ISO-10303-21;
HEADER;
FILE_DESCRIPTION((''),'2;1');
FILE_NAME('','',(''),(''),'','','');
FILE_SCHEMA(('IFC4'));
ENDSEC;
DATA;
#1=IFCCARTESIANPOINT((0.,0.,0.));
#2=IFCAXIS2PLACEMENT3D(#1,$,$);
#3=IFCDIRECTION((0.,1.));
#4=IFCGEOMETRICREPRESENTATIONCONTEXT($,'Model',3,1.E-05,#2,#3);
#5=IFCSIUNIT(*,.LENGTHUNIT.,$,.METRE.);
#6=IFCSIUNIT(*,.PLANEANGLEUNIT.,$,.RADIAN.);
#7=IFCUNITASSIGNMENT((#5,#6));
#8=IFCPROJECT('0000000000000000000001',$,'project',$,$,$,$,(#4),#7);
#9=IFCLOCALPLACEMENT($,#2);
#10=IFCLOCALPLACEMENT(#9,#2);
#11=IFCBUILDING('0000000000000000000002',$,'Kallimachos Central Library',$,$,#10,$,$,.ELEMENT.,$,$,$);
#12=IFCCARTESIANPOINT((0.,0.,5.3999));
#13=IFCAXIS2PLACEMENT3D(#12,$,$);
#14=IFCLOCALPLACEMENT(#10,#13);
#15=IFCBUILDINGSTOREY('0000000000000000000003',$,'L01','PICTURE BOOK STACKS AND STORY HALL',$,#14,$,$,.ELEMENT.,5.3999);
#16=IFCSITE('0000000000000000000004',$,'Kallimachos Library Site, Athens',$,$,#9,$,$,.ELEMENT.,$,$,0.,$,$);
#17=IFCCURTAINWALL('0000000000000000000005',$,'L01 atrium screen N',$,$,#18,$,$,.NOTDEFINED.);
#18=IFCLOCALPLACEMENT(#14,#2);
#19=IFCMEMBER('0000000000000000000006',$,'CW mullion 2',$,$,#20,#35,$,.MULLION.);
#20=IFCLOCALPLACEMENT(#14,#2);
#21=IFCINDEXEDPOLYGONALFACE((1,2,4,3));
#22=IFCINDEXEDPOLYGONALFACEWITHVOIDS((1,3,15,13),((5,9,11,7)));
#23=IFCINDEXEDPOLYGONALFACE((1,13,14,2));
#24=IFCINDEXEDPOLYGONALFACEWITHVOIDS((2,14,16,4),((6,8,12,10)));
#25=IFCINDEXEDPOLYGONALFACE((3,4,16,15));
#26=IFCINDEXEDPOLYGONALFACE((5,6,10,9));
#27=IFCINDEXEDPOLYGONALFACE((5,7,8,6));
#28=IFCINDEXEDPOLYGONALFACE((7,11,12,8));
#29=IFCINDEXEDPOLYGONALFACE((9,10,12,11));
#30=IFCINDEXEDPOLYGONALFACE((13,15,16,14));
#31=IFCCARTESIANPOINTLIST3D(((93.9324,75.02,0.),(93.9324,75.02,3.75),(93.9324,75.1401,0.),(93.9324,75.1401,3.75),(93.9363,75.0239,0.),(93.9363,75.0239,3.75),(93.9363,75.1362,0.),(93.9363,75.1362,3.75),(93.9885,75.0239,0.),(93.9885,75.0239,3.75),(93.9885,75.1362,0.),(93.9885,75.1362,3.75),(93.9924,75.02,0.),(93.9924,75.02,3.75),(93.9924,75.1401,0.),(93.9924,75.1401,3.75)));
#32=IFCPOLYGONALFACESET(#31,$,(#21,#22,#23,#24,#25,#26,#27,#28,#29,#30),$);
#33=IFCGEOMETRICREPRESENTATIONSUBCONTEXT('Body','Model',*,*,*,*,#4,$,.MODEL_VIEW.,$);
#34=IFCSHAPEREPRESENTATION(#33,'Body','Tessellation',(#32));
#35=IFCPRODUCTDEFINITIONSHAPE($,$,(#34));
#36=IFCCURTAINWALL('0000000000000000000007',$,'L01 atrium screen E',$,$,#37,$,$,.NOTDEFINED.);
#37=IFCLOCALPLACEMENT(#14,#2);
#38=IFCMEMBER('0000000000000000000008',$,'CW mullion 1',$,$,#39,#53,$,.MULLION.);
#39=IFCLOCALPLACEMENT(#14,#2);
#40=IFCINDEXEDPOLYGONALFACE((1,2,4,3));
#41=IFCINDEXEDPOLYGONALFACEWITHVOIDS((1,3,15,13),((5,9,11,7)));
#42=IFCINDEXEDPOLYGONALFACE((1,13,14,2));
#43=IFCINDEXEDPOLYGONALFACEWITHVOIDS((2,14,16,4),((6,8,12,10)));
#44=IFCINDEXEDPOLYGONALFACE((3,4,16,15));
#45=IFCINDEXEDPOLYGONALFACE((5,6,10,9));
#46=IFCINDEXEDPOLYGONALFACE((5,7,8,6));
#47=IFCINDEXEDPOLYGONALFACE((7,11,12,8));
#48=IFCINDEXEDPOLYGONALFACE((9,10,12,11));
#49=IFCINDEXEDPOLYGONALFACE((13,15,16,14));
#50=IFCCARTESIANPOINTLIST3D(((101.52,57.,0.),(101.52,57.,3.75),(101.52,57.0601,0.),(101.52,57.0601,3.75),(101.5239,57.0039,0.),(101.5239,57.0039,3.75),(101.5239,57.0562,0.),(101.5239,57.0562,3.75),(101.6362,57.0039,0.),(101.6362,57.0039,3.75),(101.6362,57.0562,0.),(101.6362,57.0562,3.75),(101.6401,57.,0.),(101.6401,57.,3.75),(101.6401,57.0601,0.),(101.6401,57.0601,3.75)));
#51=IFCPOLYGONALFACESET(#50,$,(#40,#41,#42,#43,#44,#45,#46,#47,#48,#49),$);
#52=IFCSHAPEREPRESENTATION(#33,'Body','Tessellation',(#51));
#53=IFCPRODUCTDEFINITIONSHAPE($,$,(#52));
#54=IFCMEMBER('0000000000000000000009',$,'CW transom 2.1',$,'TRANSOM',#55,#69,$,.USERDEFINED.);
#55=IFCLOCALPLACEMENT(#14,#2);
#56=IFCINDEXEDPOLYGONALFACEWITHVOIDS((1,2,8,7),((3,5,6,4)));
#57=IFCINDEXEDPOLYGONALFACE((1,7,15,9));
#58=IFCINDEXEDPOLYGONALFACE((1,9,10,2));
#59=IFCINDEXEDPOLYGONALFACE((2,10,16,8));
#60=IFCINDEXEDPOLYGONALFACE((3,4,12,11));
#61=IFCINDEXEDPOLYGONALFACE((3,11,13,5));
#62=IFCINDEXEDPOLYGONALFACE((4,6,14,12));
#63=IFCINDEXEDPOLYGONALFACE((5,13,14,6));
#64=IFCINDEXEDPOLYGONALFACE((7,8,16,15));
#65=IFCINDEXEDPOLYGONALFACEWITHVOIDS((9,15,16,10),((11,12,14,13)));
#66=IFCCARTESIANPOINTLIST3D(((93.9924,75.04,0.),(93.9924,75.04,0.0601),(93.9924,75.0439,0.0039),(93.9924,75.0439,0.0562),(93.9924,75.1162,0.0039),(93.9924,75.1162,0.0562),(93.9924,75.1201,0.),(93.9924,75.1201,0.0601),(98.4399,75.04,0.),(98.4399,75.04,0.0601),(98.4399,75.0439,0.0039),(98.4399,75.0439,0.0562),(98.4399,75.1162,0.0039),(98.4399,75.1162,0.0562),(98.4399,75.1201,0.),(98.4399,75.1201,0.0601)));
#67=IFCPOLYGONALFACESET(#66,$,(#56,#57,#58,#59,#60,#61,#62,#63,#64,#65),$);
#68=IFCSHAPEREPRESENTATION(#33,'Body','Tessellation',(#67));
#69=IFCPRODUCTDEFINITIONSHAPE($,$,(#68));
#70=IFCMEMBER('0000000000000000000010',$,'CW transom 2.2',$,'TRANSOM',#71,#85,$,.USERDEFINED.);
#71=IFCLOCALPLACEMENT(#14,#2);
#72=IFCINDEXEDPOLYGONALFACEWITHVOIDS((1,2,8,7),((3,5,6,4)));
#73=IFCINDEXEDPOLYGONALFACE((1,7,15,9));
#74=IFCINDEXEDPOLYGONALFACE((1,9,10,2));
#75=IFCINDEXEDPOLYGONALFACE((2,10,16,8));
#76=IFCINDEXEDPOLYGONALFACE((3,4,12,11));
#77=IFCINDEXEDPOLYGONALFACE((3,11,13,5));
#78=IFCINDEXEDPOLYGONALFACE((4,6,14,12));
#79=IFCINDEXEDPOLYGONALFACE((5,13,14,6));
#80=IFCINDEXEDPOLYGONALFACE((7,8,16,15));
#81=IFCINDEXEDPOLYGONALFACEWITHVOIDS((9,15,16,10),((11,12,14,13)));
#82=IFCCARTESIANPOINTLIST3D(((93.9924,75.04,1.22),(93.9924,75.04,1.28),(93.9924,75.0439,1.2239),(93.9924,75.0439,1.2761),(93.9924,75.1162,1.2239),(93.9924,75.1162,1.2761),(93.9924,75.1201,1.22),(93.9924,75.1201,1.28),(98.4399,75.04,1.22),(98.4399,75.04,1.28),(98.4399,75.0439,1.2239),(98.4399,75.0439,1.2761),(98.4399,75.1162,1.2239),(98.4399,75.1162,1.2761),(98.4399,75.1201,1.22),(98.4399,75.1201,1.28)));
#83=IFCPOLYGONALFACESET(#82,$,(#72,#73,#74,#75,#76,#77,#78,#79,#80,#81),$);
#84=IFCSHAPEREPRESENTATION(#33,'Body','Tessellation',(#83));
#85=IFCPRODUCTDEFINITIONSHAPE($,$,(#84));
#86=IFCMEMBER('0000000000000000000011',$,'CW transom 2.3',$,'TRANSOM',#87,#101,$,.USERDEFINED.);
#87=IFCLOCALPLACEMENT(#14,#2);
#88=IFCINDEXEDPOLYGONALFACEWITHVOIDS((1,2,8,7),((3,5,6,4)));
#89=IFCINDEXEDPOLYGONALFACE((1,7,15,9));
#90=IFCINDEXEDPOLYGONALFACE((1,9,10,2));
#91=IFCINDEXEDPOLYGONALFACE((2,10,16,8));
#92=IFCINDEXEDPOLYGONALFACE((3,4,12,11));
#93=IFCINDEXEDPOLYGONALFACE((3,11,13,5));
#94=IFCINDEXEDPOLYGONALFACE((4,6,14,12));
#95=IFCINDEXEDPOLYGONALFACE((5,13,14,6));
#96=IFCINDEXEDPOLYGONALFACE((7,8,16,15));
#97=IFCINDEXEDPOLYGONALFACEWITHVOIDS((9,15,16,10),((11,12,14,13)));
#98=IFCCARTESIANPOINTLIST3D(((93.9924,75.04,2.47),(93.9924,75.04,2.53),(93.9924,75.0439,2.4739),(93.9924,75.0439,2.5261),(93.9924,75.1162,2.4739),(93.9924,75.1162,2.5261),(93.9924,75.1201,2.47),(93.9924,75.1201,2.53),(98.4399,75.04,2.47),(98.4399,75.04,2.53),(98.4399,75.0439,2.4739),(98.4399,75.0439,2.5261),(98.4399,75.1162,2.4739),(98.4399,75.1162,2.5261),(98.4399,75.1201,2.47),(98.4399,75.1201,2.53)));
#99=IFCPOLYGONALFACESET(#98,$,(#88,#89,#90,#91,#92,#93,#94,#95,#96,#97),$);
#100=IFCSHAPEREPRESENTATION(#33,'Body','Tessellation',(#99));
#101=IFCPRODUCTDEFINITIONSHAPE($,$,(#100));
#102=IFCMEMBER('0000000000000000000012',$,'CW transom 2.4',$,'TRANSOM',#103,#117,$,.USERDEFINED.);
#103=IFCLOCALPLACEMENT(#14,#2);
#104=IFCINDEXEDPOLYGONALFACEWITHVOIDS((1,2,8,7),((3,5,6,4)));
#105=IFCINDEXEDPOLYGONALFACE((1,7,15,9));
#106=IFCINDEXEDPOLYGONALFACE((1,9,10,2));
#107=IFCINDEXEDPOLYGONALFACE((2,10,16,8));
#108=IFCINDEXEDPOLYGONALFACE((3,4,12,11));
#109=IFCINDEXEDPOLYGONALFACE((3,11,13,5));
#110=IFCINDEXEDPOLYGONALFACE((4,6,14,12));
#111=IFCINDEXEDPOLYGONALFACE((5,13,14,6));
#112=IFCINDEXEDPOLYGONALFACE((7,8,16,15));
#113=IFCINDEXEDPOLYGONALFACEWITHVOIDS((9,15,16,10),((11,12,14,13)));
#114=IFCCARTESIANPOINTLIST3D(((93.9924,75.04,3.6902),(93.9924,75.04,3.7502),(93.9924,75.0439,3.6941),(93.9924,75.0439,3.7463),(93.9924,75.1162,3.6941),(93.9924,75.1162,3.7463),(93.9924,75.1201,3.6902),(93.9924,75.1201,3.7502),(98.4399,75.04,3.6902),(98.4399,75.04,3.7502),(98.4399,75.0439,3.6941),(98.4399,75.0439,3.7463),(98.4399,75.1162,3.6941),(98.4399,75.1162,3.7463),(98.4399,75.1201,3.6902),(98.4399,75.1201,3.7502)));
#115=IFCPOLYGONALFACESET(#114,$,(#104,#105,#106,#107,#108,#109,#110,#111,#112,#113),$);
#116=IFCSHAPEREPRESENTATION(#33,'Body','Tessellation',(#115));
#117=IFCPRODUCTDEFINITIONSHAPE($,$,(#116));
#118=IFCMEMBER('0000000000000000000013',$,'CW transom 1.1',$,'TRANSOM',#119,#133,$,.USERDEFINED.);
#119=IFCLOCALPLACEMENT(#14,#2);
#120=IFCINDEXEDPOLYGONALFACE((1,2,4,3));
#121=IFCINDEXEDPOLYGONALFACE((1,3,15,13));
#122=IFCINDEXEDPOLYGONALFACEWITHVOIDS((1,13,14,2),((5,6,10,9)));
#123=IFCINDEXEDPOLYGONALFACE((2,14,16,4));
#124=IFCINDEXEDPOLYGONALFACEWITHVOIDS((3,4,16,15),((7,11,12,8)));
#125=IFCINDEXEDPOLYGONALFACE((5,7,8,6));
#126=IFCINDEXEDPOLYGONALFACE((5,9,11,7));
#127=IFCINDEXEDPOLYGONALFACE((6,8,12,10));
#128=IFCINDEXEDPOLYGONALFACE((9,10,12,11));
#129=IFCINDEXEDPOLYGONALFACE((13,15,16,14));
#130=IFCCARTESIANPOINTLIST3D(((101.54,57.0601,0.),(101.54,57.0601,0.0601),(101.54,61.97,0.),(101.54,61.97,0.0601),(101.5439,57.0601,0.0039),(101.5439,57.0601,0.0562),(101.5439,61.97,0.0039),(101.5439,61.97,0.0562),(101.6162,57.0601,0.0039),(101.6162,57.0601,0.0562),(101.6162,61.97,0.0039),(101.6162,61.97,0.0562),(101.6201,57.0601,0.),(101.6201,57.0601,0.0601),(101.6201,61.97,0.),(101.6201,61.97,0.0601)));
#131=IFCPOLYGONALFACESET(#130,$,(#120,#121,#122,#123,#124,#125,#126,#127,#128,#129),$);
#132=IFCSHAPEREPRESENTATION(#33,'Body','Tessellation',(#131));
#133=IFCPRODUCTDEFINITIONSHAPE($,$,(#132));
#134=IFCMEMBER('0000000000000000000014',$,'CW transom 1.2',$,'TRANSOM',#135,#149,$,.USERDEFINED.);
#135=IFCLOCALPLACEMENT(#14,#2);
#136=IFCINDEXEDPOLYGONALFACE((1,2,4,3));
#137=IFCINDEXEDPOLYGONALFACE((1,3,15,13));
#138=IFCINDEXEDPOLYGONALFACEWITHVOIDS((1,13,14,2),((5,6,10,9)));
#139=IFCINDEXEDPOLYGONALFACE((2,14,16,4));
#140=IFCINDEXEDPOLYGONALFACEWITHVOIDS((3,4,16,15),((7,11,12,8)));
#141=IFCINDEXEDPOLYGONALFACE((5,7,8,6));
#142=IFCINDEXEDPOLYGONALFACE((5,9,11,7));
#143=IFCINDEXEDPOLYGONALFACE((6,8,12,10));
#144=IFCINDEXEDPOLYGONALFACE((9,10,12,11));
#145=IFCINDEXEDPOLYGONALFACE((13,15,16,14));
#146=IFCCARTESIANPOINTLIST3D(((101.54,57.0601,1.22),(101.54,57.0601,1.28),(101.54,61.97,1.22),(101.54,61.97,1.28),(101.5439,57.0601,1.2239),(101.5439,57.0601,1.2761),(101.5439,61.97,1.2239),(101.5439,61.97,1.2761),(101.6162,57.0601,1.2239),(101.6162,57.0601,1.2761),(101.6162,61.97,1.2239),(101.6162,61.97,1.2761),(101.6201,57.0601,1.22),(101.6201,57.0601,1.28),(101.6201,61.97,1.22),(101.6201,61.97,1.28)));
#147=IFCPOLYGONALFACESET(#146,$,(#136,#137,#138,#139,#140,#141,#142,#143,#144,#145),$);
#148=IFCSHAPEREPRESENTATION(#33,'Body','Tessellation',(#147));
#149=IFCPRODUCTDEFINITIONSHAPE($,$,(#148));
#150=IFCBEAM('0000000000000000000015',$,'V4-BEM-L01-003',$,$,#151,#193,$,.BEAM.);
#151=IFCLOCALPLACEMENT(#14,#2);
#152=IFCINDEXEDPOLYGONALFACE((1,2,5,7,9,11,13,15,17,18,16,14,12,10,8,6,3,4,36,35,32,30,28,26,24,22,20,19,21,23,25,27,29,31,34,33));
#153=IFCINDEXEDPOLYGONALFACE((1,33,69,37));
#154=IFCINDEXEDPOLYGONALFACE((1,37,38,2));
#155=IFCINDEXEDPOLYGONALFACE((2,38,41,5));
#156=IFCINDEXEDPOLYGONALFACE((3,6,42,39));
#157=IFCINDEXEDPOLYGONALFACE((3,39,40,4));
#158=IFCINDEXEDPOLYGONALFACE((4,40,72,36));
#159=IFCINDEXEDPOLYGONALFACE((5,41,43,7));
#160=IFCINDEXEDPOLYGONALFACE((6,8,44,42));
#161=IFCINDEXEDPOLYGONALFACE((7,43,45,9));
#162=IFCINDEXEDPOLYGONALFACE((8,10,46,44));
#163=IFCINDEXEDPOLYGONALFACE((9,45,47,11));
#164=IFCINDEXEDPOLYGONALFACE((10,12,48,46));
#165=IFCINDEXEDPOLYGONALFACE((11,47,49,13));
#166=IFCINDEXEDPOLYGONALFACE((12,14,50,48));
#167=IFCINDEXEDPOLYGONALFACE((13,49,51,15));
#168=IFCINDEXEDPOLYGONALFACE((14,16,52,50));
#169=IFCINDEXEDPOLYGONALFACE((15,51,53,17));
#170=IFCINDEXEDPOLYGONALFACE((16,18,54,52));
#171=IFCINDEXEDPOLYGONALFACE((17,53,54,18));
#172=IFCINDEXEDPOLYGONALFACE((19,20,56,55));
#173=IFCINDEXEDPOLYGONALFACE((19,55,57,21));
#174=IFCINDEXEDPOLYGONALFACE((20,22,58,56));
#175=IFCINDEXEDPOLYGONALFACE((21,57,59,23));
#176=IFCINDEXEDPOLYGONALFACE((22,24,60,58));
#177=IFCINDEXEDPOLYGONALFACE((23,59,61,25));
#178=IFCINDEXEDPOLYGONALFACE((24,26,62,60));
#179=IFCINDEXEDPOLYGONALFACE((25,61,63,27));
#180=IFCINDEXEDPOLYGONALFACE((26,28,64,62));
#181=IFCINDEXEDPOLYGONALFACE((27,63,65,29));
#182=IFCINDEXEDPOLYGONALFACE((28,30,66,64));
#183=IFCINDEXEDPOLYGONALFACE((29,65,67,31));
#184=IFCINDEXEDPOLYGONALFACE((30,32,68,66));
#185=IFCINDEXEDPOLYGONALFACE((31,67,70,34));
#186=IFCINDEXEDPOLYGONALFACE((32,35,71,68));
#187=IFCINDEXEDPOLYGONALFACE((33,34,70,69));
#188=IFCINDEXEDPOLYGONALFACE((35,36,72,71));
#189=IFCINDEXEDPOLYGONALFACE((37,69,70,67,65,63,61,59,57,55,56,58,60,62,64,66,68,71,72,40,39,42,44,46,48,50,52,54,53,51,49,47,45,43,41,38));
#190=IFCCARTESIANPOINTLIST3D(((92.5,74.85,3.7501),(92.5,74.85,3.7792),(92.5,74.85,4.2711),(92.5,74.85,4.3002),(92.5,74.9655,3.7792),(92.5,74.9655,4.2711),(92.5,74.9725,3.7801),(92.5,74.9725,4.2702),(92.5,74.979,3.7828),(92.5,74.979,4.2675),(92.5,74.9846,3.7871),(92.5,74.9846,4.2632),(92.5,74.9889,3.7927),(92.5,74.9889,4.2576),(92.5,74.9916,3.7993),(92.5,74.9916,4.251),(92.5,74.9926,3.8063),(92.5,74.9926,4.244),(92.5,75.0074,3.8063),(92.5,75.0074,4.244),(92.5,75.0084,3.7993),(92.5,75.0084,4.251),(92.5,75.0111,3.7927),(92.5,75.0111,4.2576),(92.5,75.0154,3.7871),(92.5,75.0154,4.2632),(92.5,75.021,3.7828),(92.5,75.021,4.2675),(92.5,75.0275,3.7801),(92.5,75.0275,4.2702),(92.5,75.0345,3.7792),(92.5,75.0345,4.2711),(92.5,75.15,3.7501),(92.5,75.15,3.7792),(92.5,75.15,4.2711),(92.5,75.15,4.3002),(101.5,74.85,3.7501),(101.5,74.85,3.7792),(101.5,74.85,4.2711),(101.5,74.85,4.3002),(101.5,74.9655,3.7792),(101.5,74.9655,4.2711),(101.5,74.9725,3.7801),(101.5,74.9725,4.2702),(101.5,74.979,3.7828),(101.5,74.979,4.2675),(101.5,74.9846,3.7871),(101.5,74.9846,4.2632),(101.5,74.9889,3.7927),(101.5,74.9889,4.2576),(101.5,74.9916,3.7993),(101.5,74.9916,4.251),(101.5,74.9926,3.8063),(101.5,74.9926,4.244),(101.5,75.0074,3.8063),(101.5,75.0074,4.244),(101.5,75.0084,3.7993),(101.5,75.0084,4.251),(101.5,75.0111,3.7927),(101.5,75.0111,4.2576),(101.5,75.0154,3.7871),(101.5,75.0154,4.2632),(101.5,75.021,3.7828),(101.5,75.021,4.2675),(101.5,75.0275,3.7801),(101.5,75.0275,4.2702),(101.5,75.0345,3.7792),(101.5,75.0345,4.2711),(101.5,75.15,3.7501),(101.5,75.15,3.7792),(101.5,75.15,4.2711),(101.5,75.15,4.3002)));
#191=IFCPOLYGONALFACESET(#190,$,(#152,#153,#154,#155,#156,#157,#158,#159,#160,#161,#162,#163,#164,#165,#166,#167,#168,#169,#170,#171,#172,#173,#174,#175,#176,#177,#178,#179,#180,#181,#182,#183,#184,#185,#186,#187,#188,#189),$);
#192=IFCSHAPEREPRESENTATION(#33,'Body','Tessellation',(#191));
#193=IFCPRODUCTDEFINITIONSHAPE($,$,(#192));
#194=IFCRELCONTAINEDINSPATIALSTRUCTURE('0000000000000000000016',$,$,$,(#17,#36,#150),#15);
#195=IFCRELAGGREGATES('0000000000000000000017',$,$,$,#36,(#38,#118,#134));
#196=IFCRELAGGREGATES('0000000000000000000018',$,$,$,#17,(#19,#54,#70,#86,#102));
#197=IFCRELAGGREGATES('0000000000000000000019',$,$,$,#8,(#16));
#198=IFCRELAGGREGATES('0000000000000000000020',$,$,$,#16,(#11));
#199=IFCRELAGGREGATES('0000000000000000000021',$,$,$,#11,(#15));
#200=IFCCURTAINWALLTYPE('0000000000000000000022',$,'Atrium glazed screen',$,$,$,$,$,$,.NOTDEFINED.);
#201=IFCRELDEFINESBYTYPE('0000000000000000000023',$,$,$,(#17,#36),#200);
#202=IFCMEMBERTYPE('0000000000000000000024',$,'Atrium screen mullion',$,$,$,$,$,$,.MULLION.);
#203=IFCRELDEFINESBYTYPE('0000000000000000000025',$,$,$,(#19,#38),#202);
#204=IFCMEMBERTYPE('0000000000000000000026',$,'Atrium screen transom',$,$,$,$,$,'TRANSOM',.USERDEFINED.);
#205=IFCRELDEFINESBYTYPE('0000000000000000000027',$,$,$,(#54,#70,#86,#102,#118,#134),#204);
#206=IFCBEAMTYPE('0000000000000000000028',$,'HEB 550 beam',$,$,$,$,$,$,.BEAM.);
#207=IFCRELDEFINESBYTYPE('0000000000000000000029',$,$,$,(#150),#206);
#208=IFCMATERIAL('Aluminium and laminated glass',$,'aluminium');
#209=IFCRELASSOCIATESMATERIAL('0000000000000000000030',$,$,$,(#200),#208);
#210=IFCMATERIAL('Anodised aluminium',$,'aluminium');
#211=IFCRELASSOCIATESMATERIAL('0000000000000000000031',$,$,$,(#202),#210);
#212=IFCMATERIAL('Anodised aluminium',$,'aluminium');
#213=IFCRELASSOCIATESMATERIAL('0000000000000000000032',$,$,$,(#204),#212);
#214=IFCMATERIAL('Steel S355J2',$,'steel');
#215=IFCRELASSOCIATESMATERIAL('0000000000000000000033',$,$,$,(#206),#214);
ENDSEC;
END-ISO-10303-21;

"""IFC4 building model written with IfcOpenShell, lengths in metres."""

from ifc_helpers import new_model, si_unit, direction, frame, origin, origin_2d, place, context, subcontext, project, spatial, hollow_rectangle, i_section, extrude, material, material_profile, profile_set, type_object, element, aggregate, save


model = new_model("IFC4")

# Units and contexts
model_context = context("Model", 3, precision=1e-05, world=origin(), true_north=direction((0.0, 1.0)))
body_context = subcontext(model_context, "Body", "Model", "MODEL_VIEW")
ifc_project = project(units=[si_unit("LENGTHUNIT", "METRE"), si_unit("PLANEANGLEUNIT", "RADIAN")], contexts=[model_context])

# Site, building, storey
site_placement = place(None, origin())
site = spatial("IfcSite", under=ifc_project, at=site_placement, Name="Kallimachos Library Site, Athens", CompositionType="ELEMENT", RefElevation=0.0)
building_placement = place(site_placement, origin())
building = spatial("IfcBuilding", under=site, at=building_placement, Name="Kallimachos Central Library", CompositionType="ELEMENT")
storey_placement = place(building_placement, frame((0.0, 0.0, 5.3999)))
storey = spatial("IfcBuildingStorey", under=building, at=storey_placement, Name="L01", Description="PICTURE BOOK STACKS AND STORY HALL", CompositionType="ELEMENT", Elevation=5.3999)

# Curtain walls, members
ifc_material_1 = material(Name="Aluminium and laminated glass", Category="aluminium")
curtain_wall_type = type_object("IfcCurtainWallType", Name="Atrium glazed screen", PredefinedType="NOTDEFINED", material=ifc_material_1)
curtain_wall_1_placement = place(storey_placement, origin())
curtain_wall_1 = element("IfcCurtainWall", 1, at=curtain_wall_1_placement, inside=storey, type_object=curtain_wall_type, Name="L01 atrium screen N", PredefinedType="NOTDEFINED")
ifc_material_2 = material(Name="Anodised aluminium", Category="aluminium")
ifc_material_profile_1 = material_profile(ifc_material_2, hollow_rectangle(XDim=0.0601, YDim=0.1201, WallThickness=0.0039, at=origin_2d()), Name="ALU MULLION 60x120")
ifc_profile_set_1 = profile_set([ifc_material_profile_1], Name="Anodised aluminium")
member_type_1 = type_object("IfcMemberType", Name="Atrium screen mullion", PredefinedType="MULLION", material=ifc_profile_set_1)
member_1_placement = place(storey_placement, frame((93.9624, 75.0801, 0.0), z_axis=(0.0, 0.0, 1.0), x_axis=(1.0, 0.0, 0.0)))
member_1 = element("IfcMember", 2, at=member_1_placement, type_object=member_type_1, Name="CW mullion 2", PredefinedType="MULLION", context=body_context, shape_type="SweptSolid", body=[
    extrude(hollow_rectangle(XDim=0.0601, YDim=0.1201, WallThickness=0.0039, at=origin_2d()), origin(), (0.0, 0.0, 1.0), 3.75),
])
curtain_wall_2_placement = place(storey_placement, origin())
curtain_wall_2 = element("IfcCurtainWall", 3, at=curtain_wall_2_placement, inside=storey, type_object=curtain_wall_type, Name="L01 atrium screen E", PredefinedType="NOTDEFINED")
member_2_placement = place(storey_placement, frame((101.5801, 57.03, 0.0), z_axis=(0.0, 0.0, 1.0), x_axis=(0.0, 1.0, 0.0)))
member_2 = element("IfcMember", 4, at=member_2_placement, type_object=member_type_1, Name="CW mullion 1", PredefinedType="MULLION", context=body_context, shape_type="SweptSolid", body=[
    extrude(hollow_rectangle(XDim=0.0601, YDim=0.1201, WallThickness=0.0039, at=origin_2d()), origin(), (0.0, 0.0, 1.0), 3.75),
])

# Members
ifc_material_3 = material(Name="Anodised aluminium", Category="aluminium")
ifc_material_profile_2 = material_profile(ifc_material_3, hollow_rectangle(XDim=0.0601, YDim=0.0801, WallThickness=0.0039, at=origin_2d()), Name="ALU TRANSOM 60x80")
ifc_profile_set_2 = profile_set([ifc_material_profile_2], Name="Anodised aluminium")
member_type_2 = type_object("IfcMemberType", Name="Atrium screen transom", ElementType="TRANSOM", PredefinedType="USERDEFINED", material=ifc_profile_set_2)
member_3_placement = place(storey_placement, frame((93.9924, 75.0801, 0.03), z_axis=(1.0, 0.0, 0.0), x_axis=(0.0, 0.0, 1.0)))
member_3 = element("IfcMember", 5, at=member_3_placement, type_object=member_type_2, Name="CW transom 2.1", ObjectType="TRANSOM", PredefinedType="USERDEFINED", context=body_context, shape_type="SweptSolid", body=[
    extrude(hollow_rectangle(XDim=0.0601, YDim=0.0801, WallThickness=0.0039, at=origin_2d()), origin(), (0.0, 0.0, 1.0), 4.4475),
])
member_4_placement = place(storey_placement, frame((93.9924, 75.0801, 1.25), z_axis=(1.0, 0.0, 0.0), x_axis=(0.0, 0.0, 1.0)))
member_4 = element("IfcMember", 6, at=member_4_placement, type_object=member_type_2, Name="CW transom 2.2", ObjectType="TRANSOM", PredefinedType="USERDEFINED", context=body_context, shape_type="SweptSolid", body=[
    extrude(hollow_rectangle(XDim=0.0601, YDim=0.0801, WallThickness=0.0039, at=origin_2d()), origin(), (0.0, 0.0, 1.0), 4.4475),
])
member_5_placement = place(storey_placement, frame((93.9924, 75.0801, 2.5), z_axis=(1.0, 0.0, 0.0), x_axis=(0.0, 0.0, 1.0)))
member_5 = element("IfcMember", 7, at=member_5_placement, type_object=member_type_2, Name="CW transom 2.3", ObjectType="TRANSOM", PredefinedType="USERDEFINED", context=body_context, shape_type="SweptSolid", body=[
    extrude(hollow_rectangle(XDim=0.0601, YDim=0.0801, WallThickness=0.0039, at=origin_2d()), origin(), (0.0, 0.0, 1.0), 4.4475),
])
member_6_placement = place(storey_placement, frame((93.9924, 75.0801, 3.7202), z_axis=(1.0, 0.0, 0.0), x_axis=(0.0, 0.0, 1.0)))
member_6 = element("IfcMember", 8, at=member_6_placement, type_object=member_type_2, Name="CW transom 2.4", ObjectType="TRANSOM", PredefinedType="USERDEFINED", context=body_context, shape_type="SweptSolid", body=[
    extrude(hollow_rectangle(XDim=0.0601, YDim=0.0801, WallThickness=0.0039, at=origin_2d()), origin(), (0.0, 0.0, 1.0), 4.4475),
])
member_7_placement = place(storey_placement, frame((101.5801, 57.0601, 0.03), z_axis=(0.0, 1.0, 0.0), x_axis=(0.0, 0.0, 1.0)))
member_7 = element("IfcMember", 9, at=member_7_placement, type_object=member_type_2, Name="CW transom 1.1", ObjectType="TRANSOM", PredefinedType="USERDEFINED", context=body_context, shape_type="SweptSolid", body=[
    extrude(hollow_rectangle(XDim=0.0601, YDim=0.0801, WallThickness=0.0039, at=origin_2d()), origin(), (0.0, 0.0, 1.0), 4.9099),
])
member_8_placement = place(storey_placement, frame((101.5801, 57.0601, 1.25), z_axis=(0.0, 1.0, 0.0), x_axis=(0.0, 0.0, 1.0)))
member_8 = element("IfcMember", 10, at=member_8_placement, type_object=member_type_2, Name="CW transom 1.2", ObjectType="TRANSOM", PredefinedType="USERDEFINED", context=body_context, shape_type="SweptSolid", body=[
    extrude(hollow_rectangle(XDim=0.0601, YDim=0.0801, WallThickness=0.0039, at=origin_2d()), origin(), (0.0, 0.0, 1.0), 4.9099),
])
aggregate(curtain_wall_2, [member_2, member_7, member_8])

# Beam
ifc_material_4 = material(Name="Steel S355J2", Category="steel")
ifc_material_profile_3 = material_profile(ifc_material_4, i_section(OverallWidth=0.3, OverallDepth=0.55, WebThickness=0.0149, FlangeThickness=0.0291, FilletRadius=0.0271, at=origin_2d()), Name="HEB 550")
ifc_profile_set_3 = profile_set([ifc_material_profile_3], Name="Steel S355J2")
beam_type = type_object("IfcBeamType", Name="HEB 550 beam", PredefinedType="BEAM", material=ifc_profile_set_3)
beam_placement = place(storey_placement, frame((92.5, 75.0, 4.0251), z_axis=(1.0, 0.0, 0.0), x_axis=(0.0, 1.0, 0.0)))
element("IfcBeam", 11, at=beam_placement, inside=storey, type_object=beam_type, Name="V4-BEM-L01-003", PredefinedType="BEAM", context=body_context, shape_type="SweptSolid", body=[
    extrude(i_section(OverallWidth=0.3, OverallDepth=0.55, WebThickness=0.0149, FlangeThickness=0.0291, FilletRadius=0.0271, at=origin_2d()), origin(), (0.0, 0.0, 1.0), 9.0),
])

aggregate(curtain_wall_1, [member_1, member_3, member_4, member_5, member_6])

save(model, "model.ifc")
